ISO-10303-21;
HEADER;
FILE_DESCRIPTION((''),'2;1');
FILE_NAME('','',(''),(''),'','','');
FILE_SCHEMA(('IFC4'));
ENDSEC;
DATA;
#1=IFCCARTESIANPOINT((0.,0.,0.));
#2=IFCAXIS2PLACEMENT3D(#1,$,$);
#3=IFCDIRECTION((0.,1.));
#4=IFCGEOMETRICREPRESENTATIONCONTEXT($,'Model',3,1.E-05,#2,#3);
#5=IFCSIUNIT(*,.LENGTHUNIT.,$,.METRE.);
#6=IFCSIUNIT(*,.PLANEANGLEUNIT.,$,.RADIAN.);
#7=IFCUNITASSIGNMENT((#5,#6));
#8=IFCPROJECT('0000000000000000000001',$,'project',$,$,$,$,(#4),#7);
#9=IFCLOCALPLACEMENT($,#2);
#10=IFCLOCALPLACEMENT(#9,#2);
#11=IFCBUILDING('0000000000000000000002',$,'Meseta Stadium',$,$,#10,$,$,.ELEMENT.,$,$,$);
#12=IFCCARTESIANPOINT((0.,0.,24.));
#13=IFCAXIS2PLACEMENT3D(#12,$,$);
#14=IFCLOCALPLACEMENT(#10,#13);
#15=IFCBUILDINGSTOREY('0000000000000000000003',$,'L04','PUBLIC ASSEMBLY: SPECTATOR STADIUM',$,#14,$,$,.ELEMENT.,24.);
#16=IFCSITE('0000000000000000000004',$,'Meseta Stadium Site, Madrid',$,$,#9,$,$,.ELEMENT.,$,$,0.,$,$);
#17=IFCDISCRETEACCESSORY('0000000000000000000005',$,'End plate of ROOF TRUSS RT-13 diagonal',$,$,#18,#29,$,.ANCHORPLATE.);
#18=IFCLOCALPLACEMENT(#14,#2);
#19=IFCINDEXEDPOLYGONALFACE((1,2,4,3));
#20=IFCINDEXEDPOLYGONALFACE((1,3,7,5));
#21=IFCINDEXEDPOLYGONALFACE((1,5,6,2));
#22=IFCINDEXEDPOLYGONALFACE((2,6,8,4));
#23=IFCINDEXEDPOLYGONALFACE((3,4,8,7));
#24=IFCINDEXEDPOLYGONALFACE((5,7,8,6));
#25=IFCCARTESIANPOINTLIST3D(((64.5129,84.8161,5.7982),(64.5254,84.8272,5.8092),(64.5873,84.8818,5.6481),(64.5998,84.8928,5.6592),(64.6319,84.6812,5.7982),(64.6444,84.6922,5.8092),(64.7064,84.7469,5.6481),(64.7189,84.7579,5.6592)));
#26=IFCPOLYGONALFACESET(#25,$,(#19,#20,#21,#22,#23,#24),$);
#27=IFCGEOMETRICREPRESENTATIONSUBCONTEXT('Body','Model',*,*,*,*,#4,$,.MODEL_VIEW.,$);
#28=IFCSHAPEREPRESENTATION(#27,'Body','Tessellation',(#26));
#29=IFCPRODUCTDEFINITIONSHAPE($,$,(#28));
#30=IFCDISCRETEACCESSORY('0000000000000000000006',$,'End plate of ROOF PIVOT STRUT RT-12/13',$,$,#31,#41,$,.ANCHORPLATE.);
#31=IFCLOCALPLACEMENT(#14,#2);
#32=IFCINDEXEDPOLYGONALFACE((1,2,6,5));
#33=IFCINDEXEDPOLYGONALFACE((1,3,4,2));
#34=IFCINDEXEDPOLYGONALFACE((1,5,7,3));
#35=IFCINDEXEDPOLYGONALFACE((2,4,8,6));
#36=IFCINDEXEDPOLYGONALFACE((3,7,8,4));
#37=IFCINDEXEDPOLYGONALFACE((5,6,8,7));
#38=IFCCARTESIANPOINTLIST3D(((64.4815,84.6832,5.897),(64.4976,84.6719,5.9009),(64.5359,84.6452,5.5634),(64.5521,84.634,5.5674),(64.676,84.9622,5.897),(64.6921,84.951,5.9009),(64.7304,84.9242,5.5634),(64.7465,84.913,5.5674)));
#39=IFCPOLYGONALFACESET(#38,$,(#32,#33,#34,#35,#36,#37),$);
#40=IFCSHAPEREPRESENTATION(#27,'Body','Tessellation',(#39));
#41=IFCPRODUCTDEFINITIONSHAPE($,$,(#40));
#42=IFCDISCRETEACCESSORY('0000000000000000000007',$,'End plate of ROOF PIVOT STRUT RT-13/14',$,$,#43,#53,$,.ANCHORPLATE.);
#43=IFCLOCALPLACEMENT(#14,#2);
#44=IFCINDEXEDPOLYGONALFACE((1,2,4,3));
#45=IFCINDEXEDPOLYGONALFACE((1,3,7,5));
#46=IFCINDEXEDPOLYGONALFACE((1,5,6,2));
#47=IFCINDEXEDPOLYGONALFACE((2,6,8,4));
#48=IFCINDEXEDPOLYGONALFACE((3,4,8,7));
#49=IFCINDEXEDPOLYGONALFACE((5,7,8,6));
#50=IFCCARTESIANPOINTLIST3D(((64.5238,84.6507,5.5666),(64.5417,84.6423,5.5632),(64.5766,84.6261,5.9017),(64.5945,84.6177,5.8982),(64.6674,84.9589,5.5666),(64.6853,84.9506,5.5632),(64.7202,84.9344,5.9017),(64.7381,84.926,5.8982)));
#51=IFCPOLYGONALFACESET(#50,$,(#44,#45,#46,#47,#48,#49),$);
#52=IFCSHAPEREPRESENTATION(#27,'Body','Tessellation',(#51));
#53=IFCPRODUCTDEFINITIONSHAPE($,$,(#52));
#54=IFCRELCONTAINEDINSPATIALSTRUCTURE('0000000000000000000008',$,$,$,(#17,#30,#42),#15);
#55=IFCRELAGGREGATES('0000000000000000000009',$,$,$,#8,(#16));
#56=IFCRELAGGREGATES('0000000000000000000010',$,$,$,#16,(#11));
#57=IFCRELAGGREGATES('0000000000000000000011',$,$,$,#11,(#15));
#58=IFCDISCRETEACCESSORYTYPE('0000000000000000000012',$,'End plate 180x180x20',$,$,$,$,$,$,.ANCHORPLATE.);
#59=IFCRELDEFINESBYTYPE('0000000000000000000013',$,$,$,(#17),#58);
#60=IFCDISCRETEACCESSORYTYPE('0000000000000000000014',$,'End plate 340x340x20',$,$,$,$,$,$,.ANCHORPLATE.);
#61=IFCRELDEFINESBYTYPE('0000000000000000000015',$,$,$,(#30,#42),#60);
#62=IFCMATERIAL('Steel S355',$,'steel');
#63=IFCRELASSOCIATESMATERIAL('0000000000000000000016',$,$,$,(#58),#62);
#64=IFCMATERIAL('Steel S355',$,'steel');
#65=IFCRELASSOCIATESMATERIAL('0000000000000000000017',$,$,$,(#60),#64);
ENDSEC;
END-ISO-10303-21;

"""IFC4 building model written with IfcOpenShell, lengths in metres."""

from ifc_helpers import new_model, si_unit, direction, frame, origin, origin_2d, place, context, subcontext, project, spatial, rectangle, extrude, material, material_profile, profile_set, type_object, element, save


model = new_model("IFC4")

# Units and contexts
model_context = context("Model", 3, precision=1e-05, world=origin(), true_north=direction((0.0, 1.0)))
body_context = subcontext(model_context, "Body", "Model", "MODEL_VIEW")
ifc_project = project(units=[si_unit("LENGTHUNIT", "METRE"), si_unit("PLANEANGLEUNIT", "RADIAN")], contexts=[model_context])

# Site, building, storey
site_placement = place(None, origin())
site = spatial("IfcSite", under=ifc_project, at=site_placement, Name="Meseta Stadium Site, Madrid", CompositionType="ELEMENT", RefElevation=0.0)
building_placement = place(site_placement, origin())
building = spatial("IfcBuilding", under=site, at=building_placement, Name="Meseta Stadium", CompositionType="ELEMENT")
storey_placement = place(building_placement, frame((0.0, 0.0, 24.0)))
storey = spatial("IfcBuildingStorey", under=building, at=storey_placement, Name="L04", Description="PUBLIC ASSEMBLY: SPECTATOR STADIUM", CompositionType="ELEMENT", Elevation=24.0)

# Discrete accessories
ifc_material_1 = material(Name="Steel S355", Category="steel")
ifc_material_profile_1 = material_profile(ifc_material_1, rectangle(XDim=0.1799, YDim=0.1799, at=origin_2d()), Name="PL 180x180")
ifc_profile_set_1 = profile_set([ifc_material_profile_1], Name="Steel S355")
discrete_accessory_type_1 = type_object("IfcDiscreteAccessoryType", Name="End plate 180x180x20", PredefinedType="ANCHORPLATE", material=ifc_profile_set_1)
for number, where, z_axis, x_axis, name in (
    (1, (64.6096, 84.7815, 5.7231), (0.625355, 0.551784, 0.551784), (-0.661622, 0.749838, 0.0), "End plate of ROOF TRUSS RT-13 diagonal"),
):
    element("IfcDiscreteAccessory", number, at=place(storey_placement, frame(where, z_axis=z_axis, x_axis=x_axis)), inside=storey, type_object=discrete_accessory_type_1, Name=name, PredefinedType="ANCHORPLATE", context=body_context, shape_type="SweptSolid", body=[
        extrude(rectangle(XDim=0.1799, YDim=0.1799, at=origin_2d()), origin(), (0.0, 0.0, 1.0), 0.02),
    ])
ifc_material_2 = material(Name="Steel S355", Category="steel")
ifc_material_profile_2 = material_profile(ifc_material_2, rectangle(XDim=0.3401, YDim=0.3401, at=origin_2d()), Name="PL 340x340")
ifc_profile_set_2 = profile_set([ifc_material_profile_2], Name="Steel S355")
discrete_accessory_type_2 = type_object("IfcDiscreteAccessoryType", Name="End plate 340x340x20", PredefinedType="ANCHORPLATE", material=ifc_profile_set_2)
for number, where, z_axis, x_axis, name in (
    (2, (64.6221, 84.7925, 5.7341), (-0.804639, 0.560809, -0.195064), (-0.571793, -0.820398, 0.0), "End plate of ROOF PIVOT STRUT RT-12/13"),
    (3, (64.6399, 84.7842, 5.7307), (-0.893104, 0.415966, 0.17128), (-0.422206, -0.9065, 0.0), "End plate of ROOF PIVOT STRUT RT-13/14"),
):
    element("IfcDiscreteAccessory", number, at=place(storey_placement, frame(where, z_axis=z_axis, x_axis=x_axis)), inside=storey, type_object=discrete_accessory_type_2, Name=name, PredefinedType="ANCHORPLATE", context=body_context, shape_type="SweptSolid", body=[
        extrude(rectangle(XDim=0.3401, YDim=0.3401, at=origin_2d()), origin(), (0.0, 0.0, 1.0), 0.02),
    ])

save(model, "model.ifc")
